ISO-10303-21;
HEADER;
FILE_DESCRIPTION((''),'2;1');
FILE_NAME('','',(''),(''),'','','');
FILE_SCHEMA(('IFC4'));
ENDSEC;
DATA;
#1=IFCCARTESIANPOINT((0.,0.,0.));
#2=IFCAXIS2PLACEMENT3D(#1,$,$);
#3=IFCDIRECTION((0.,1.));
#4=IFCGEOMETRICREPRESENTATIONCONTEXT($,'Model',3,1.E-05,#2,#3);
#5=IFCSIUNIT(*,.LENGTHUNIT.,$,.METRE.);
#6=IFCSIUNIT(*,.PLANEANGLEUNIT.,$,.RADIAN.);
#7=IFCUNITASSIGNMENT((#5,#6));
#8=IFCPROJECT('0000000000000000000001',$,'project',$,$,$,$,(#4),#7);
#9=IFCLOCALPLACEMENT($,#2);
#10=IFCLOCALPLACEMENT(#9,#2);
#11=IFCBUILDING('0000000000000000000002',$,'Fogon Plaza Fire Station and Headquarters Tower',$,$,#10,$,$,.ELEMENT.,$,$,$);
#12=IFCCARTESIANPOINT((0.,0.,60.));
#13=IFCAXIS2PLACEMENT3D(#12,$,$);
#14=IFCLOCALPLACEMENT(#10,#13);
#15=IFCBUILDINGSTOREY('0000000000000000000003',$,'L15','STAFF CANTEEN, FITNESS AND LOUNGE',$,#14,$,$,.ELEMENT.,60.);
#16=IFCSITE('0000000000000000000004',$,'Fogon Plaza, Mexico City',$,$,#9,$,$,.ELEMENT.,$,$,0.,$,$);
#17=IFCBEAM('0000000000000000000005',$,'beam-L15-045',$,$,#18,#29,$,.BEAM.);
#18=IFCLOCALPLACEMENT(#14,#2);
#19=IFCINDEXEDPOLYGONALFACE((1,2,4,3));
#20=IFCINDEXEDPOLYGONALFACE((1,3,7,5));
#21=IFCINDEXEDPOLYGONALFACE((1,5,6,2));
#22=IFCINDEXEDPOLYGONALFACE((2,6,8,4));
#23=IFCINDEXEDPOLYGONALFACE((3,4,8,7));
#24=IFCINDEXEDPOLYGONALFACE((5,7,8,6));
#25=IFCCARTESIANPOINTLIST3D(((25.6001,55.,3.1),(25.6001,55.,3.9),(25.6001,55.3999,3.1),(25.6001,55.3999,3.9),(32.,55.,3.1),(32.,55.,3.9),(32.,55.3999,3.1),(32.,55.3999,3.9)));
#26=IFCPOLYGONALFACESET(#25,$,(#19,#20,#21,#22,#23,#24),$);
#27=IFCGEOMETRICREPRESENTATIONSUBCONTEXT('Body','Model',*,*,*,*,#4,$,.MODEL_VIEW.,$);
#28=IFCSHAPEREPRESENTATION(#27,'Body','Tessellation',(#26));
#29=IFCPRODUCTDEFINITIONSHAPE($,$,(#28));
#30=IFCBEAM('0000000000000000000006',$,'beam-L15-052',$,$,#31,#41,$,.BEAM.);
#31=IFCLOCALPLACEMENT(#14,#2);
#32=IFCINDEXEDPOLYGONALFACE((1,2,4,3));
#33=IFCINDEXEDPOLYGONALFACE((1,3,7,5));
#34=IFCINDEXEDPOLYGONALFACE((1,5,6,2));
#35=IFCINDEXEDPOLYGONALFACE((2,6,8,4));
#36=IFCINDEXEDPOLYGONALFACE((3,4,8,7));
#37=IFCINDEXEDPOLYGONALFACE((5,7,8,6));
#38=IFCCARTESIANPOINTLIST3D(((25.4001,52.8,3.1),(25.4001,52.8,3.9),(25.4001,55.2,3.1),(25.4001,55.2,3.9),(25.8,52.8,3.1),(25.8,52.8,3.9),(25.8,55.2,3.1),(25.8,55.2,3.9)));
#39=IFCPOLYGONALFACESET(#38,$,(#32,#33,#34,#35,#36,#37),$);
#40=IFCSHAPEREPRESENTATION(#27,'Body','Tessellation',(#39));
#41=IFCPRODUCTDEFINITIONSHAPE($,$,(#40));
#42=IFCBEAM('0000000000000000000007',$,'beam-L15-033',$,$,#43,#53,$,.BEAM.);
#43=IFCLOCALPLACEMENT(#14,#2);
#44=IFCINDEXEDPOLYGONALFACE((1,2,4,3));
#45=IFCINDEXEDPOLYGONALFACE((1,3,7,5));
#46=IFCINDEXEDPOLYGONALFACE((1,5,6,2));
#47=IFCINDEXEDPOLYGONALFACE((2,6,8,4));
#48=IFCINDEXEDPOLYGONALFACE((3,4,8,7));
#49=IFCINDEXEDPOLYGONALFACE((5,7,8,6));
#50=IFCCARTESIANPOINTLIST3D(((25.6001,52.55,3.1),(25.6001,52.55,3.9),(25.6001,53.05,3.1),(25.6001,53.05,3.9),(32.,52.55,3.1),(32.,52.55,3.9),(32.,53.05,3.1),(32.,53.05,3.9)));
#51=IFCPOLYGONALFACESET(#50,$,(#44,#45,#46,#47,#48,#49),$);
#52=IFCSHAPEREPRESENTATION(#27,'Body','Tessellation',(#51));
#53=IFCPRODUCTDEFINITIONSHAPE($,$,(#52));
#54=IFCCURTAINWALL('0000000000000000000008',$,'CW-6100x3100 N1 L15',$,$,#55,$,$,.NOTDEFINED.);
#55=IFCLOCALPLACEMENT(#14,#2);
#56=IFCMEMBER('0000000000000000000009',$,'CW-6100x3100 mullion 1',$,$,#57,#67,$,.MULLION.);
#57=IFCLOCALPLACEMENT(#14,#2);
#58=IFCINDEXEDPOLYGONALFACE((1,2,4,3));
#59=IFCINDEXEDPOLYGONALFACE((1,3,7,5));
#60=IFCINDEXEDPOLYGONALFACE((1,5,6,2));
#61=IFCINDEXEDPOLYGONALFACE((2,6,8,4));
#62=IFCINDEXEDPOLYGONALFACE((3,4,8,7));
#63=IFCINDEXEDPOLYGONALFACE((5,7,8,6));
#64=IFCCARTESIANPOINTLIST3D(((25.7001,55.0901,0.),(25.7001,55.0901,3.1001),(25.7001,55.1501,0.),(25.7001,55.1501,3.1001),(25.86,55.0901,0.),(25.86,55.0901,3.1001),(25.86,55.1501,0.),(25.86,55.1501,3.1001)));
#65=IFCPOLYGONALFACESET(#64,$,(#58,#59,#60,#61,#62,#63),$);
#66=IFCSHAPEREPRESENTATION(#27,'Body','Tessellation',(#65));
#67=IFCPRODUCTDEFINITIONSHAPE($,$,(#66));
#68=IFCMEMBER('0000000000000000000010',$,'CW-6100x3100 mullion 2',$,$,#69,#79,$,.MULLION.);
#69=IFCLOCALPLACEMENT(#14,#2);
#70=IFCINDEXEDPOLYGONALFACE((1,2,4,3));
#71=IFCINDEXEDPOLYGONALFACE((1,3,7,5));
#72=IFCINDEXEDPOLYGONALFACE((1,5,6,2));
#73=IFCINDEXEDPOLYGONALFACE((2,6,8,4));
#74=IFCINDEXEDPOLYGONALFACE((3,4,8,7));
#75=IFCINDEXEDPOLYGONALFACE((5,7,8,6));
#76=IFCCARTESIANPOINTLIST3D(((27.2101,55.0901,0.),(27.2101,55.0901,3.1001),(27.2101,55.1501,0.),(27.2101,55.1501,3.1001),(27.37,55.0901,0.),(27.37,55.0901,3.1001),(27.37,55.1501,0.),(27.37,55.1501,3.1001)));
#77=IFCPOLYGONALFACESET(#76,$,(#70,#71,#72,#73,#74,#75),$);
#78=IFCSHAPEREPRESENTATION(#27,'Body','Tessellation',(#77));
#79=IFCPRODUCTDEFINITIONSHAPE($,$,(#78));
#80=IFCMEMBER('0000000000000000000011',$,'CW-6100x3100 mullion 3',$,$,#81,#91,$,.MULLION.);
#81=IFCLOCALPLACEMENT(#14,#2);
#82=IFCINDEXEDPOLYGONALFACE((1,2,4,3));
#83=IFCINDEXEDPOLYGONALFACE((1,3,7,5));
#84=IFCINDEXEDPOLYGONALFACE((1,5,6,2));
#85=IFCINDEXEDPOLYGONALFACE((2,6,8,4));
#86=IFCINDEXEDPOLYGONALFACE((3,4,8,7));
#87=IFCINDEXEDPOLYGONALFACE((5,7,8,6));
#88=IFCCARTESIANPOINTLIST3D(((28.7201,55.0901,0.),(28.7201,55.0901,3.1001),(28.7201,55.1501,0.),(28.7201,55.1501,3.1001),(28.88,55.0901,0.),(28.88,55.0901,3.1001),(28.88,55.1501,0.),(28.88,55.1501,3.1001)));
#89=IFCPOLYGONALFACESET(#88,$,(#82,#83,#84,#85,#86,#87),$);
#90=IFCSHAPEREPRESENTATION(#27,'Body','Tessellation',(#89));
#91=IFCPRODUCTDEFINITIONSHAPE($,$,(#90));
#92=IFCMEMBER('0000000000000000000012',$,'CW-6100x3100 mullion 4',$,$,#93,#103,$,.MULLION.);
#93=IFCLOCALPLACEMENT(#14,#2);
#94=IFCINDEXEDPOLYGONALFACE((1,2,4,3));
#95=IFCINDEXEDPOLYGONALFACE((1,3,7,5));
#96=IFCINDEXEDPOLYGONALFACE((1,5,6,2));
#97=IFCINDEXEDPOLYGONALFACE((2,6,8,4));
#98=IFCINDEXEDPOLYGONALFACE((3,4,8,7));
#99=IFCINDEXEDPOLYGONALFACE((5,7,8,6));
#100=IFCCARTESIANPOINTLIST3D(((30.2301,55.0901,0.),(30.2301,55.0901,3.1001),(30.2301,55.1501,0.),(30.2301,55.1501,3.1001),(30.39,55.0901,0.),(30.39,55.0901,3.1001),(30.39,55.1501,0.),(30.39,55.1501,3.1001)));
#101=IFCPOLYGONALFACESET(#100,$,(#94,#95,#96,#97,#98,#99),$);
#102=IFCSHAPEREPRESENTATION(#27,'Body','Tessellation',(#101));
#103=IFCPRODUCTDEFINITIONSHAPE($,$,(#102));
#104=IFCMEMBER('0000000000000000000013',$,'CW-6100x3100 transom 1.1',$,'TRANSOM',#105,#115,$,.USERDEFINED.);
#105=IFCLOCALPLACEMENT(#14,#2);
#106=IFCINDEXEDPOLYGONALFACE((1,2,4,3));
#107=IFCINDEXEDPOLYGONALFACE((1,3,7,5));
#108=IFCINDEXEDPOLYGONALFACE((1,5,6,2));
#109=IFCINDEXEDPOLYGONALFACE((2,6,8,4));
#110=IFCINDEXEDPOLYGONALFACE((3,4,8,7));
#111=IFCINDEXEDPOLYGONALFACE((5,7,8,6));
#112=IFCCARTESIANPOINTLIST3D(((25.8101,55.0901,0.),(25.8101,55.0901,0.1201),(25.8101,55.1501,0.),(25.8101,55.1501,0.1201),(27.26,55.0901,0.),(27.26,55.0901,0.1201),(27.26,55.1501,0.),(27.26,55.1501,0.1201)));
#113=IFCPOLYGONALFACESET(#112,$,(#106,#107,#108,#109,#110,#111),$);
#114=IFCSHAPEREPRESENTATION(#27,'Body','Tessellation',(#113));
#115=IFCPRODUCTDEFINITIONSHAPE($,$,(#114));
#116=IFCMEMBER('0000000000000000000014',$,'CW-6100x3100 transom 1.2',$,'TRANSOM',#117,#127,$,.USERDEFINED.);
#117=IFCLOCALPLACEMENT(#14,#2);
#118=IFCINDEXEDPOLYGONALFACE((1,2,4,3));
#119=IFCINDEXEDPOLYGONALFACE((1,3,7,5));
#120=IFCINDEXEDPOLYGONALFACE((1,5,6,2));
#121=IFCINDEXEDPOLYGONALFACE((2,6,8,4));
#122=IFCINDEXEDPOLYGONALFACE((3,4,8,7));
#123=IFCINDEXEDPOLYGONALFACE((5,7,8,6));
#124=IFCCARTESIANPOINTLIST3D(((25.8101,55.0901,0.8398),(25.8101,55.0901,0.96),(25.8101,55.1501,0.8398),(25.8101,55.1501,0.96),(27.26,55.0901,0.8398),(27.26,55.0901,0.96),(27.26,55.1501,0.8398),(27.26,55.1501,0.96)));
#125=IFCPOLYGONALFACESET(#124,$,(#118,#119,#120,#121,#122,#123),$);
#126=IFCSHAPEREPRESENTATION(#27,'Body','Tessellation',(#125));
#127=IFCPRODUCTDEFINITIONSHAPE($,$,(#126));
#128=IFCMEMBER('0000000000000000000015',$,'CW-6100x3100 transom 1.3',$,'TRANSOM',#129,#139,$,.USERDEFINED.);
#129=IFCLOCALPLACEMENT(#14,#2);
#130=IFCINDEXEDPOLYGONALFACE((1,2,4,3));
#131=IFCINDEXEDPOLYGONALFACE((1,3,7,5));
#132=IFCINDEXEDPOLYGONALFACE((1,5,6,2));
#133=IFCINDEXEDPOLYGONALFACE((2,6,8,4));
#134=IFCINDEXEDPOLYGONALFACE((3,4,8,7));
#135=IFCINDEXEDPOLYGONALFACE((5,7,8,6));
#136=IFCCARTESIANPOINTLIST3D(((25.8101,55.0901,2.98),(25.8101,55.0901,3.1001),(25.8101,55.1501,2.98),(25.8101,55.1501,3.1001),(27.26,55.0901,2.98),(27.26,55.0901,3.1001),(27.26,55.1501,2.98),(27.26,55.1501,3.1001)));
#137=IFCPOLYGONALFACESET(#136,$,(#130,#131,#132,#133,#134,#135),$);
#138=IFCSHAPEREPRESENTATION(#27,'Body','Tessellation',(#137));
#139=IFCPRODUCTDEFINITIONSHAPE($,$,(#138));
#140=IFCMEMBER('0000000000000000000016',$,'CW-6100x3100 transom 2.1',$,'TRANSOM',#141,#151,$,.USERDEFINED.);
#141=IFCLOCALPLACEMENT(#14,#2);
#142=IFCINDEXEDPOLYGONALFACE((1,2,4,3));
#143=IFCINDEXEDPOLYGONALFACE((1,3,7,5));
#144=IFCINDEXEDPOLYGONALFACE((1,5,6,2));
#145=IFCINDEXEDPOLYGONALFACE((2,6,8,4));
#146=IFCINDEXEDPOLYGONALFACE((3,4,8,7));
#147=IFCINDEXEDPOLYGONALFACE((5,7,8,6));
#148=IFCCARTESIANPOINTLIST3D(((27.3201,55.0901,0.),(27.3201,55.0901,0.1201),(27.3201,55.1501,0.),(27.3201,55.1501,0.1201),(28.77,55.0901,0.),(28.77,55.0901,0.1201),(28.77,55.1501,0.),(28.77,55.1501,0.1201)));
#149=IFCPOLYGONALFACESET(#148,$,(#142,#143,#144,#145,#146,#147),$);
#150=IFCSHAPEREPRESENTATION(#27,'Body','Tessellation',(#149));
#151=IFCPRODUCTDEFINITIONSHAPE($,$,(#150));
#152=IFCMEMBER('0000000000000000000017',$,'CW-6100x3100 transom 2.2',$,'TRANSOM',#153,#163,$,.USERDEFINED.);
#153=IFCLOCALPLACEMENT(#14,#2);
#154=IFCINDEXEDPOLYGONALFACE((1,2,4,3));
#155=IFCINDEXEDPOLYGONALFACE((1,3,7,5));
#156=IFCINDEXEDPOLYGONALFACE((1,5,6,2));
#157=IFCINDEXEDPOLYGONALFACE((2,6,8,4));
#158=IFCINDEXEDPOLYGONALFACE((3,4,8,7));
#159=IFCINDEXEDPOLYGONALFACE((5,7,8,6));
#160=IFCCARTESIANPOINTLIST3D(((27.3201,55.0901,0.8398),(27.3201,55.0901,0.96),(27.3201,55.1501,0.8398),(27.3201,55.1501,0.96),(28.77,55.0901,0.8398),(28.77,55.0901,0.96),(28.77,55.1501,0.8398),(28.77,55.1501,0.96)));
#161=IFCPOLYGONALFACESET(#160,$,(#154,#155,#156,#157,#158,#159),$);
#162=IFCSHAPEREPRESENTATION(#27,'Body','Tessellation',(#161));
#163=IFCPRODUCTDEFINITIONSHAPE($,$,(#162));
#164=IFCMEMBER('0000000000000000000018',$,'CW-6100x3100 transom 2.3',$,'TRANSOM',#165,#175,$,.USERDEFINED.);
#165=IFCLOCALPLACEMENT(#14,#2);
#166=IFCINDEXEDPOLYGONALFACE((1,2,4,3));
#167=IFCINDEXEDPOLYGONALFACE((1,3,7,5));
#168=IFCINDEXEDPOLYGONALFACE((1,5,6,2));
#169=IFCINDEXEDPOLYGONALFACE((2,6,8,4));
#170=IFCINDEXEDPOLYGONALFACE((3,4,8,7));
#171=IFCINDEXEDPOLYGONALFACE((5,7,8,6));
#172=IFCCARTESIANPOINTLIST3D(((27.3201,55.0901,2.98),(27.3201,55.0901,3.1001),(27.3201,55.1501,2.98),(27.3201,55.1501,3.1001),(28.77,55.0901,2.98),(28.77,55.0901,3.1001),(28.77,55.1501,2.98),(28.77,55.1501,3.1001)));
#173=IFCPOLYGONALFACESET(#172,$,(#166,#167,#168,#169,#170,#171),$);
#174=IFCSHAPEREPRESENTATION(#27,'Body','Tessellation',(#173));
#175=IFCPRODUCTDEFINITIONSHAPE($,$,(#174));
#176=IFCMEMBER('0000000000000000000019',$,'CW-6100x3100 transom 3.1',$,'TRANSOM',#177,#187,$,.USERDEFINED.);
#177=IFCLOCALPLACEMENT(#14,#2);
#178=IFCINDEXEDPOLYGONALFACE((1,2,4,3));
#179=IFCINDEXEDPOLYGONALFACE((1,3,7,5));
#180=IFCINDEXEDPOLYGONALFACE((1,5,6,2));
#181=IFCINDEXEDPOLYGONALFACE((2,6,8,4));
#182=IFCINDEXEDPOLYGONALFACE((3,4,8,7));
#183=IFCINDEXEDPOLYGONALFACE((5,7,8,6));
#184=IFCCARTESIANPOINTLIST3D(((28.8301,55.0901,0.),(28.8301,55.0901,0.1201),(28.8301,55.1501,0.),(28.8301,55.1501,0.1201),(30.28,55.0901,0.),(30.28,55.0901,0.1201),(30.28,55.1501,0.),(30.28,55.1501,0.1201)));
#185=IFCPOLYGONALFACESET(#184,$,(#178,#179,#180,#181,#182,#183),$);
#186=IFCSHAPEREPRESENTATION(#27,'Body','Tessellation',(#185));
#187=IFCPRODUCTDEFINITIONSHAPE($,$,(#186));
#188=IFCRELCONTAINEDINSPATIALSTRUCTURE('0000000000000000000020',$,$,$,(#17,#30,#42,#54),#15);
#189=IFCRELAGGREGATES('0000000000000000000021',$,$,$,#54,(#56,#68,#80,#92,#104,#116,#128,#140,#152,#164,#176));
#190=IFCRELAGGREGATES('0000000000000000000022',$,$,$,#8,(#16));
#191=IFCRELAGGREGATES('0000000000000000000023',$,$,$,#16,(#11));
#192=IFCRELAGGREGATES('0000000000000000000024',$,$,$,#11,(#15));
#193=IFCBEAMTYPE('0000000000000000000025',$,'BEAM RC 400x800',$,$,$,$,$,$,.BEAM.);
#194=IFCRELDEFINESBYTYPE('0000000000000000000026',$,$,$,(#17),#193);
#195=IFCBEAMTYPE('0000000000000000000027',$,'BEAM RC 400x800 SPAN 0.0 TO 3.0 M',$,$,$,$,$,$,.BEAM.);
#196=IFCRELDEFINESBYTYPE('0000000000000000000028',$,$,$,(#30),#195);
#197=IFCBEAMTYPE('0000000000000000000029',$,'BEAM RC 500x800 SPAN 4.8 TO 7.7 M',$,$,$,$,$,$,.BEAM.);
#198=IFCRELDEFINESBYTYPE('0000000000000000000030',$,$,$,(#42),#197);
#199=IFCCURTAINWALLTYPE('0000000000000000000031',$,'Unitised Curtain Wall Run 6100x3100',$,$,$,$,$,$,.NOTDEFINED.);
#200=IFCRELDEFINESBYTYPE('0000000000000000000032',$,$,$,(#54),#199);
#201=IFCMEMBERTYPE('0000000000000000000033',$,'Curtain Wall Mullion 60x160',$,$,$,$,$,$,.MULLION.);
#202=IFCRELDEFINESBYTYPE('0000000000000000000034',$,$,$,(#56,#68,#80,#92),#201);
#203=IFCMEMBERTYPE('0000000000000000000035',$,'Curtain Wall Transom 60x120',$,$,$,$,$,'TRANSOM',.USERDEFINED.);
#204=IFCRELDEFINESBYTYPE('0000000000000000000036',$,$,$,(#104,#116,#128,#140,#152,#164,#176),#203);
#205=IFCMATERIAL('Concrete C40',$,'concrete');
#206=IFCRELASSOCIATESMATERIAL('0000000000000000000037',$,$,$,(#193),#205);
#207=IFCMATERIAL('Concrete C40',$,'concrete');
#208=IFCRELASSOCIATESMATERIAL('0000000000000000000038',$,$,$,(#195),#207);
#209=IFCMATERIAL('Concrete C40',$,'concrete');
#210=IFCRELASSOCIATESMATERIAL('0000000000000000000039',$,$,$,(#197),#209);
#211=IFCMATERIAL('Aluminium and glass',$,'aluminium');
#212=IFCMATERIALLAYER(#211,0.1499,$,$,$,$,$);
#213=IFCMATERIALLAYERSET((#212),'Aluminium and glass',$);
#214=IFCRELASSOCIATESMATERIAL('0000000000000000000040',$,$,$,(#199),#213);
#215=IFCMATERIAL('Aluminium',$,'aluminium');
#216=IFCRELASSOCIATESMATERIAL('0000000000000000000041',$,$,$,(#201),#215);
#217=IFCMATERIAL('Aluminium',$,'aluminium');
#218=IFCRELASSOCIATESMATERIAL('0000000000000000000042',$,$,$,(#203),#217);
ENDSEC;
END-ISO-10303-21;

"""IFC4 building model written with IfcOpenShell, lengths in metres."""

from ifc_helpers import new_model, si_unit, direction, frame, origin, origin_2d, place, context, subcontext, project, spatial, rectangle, extrude, material, layer, layer_set, material_profile, profile_set, type_object, element, aggregate, save


model = new_model("IFC4")

# Units and contexts
model_context = context("Model", 3, precision=1e-05, world=origin(), true_north=direction((0.0, 1.0)))
body_context = subcontext(model_context, "Body", "Model", "MODEL_VIEW")
ifc_project = project(units=[si_unit("LENGTHUNIT", "METRE"), si_unit("PLANEANGLEUNIT", "RADIAN")], contexts=[model_context])

# Site, building, storey
site_placement = place(None, origin())
site = spatial("IfcSite", under=ifc_project, at=site_placement, Name="Fogon Plaza, Mexico City", CompositionType="ELEMENT", RefElevation=0.0)
building_placement = place(site_placement, origin())
building = spatial("IfcBuilding", under=site, at=building_placement, Name="Fogon Plaza Fire Station and Headquarters Tower", CompositionType="ELEMENT")
storey_placement = place(building_placement, frame((0.0, 0.0, 60.0)))
storey = spatial("IfcBuildingStorey", under=building, at=storey_placement, Name="L15", Description="STAFF CANTEEN, FITNESS AND LOUNGE", CompositionType="ELEMENT", Elevation=60.0)

# Beams
ifc_material_1 = material(Name="Concrete C40", Category="concrete")
ifc_material_profile_1 = material_profile(ifc_material_1, rectangle(XDim=0.3999, YDim=0.8, at=origin_2d()), Name="RC 400x800")
ifc_profile_set_1 = profile_set([ifc_material_profile_1], Name="Concrete C40")
beam_type_1 = type_object("IfcBeamType", Name="BEAM RC 400x800", PredefinedType="BEAM", material=ifc_profile_set_1)
beam_1_placement = place(storey_placement, frame((25.6001, 55.2, 3.5), z_axis=(1.0, 0.0, 0.0), x_axis=(0.0, 1.0, 0.0)))
element("IfcBeam", 1, at=beam_1_placement, inside=storey, type_object=beam_type_1, Name="beam-L15-045", PredefinedType="BEAM", context=body_context, shape_type="SweptSolid", body=[
    extrude(rectangle(XDim=0.3999, YDim=0.8, at=origin_2d()), origin(), (0.0, 0.0, 1.0), 6.3999),
])
ifc_material_2 = material(Name="Concrete C40", Category="concrete")
ifc_material_profile_2 = material_profile(ifc_material_2, rectangle(XDim=0.3999, YDim=0.8, at=origin_2d()), Name="RC 400x800")
ifc_profile_set_2 = profile_set([ifc_material_profile_2], Name="Concrete C40")
beam_type_2 = type_object("IfcBeamType", Name="BEAM RC 400x800 SPAN 0.0 TO 3.0 M", PredefinedType="BEAM", material=ifc_profile_set_2)
beam_2_placement = place(storey_placement, frame((25.6001, 52.8, 3.5), z_axis=(0.0, 1.0, 0.0), x_axis=(-1.0, 0.0, 0.0)))
element("IfcBeam", 2, at=beam_2_placement, inside=storey, type_object=beam_type_2, Name="beam-L15-052", PredefinedType="BEAM", context=body_context, shape_type="SweptSolid", body=[
    extrude(rectangle(XDim=0.3999, YDim=0.8, at=origin_2d()), origin(), (0.0, 0.0, 1.0), 2.3999),
])
ifc_material_3 = material(Name="Concrete C40", Category="concrete")
ifc_material_profile_3 = material_profile(ifc_material_3, rectangle(XDim=0.5, YDim=0.8, at=origin_2d()), Name="RC 500x800")
ifc_profile_set_3 = profile_set([ifc_material_profile_3], Name="Concrete C40")
beam_type_3 = type_object("IfcBeamType", Name="BEAM RC 500x800 SPAN 4.8 TO 7.7 M", PredefinedType="BEAM", material=ifc_profile_set_3)
beam_3_placement = place(storey_placement, frame((25.6001, 52.8, 3.5), z_axis=(1.0, 0.0, 0.0), x_axis=(0.0, 1.0, 0.0)))
element("IfcBeam", 3, at=beam_3_placement, inside=storey, type_object=beam_type_3, Name="beam-L15-033", PredefinedType="BEAM", context=body_context, shape_type="SweptSolid", body=[
    extrude(rectangle(XDim=0.5, YDim=0.8, at=origin_2d()), origin(), (0.0, 0.0, 1.0), 6.3999),
])

# Curtain wall, members
ifc_material_4 = material(Name="Aluminium and glass", Category="aluminium")
ifc_layer_1 = layer(ifc_material_4, 0.1499)
ifc_layer_set_1 = layer_set([ifc_layer_1], Name="Aluminium and glass")
curtain_wall_type = type_object("IfcCurtainWallType", Name="Unitised Curtain Wall Run 6100x3100", PredefinedType="NOTDEFINED", material=ifc_layer_set_1)
curtain_wall_placement = place(storey_placement, origin())
curtain_wall = element("IfcCurtainWall", 4, at=curtain_wall_placement, inside=storey, type_object=curtain_wall_type, Name="CW-6100x3100 N1 L15", PredefinedType="NOTDEFINED")
ifc_material_5 = material(Name="Aluminium", Category="aluminium")
ifc_material_profile_4 = material_profile(ifc_material_5, rectangle(XDim=0.0601, YDim=0.1599, at=origin_2d()), Name="Curtain Wall Mullion 60x160")
ifc_profile_set_4 = profile_set([ifc_material_profile_4], Name="Aluminium")
member_type_1 = type_object("IfcMemberType", Name="Curtain Wall Mullion 60x160", PredefinedType="MULLION", material=ifc_profile_set_4)
member_1_placement = place(storey_placement, frame((25.78, 55.1201, 0.0), z_axis=(0.0, 0.0, 1.0), x_axis=(0.0, 1.0, 0.0)))
member_1 = element("IfcMember", 5, at=member_1_placement, type_object=member_type_1, Name="CW-6100x3100 mullion 1", PredefinedType="MULLION", context=body_context, shape_type="SweptSolid", body=[
    extrude(rectangle(XDim=0.0601, YDim=0.1599, at=origin_2d()), origin(), (0.0, 0.0, 1.0), 3.1001),
])
member_2_placement = place(storey_placement, frame((27.29, 55.1201, 0.0), z_axis=(0.0, 0.0, 1.0), x_axis=(0.0, 1.0, 0.0)))
member_2 = element("IfcMember", 6, at=member_2_placement, type_object=member_type_1, Name="CW-6100x3100 mullion 2", PredefinedType="MULLION", context=body_context, shape_type="SweptSolid", body=[
    extrude(rectangle(XDim=0.0601, YDim=0.1599, at=origin_2d()), origin(), (0.0, 0.0, 1.0), 3.1001),
])
member_3_placement = place(storey_placement, frame((28.8, 55.1201, 0.0), z_axis=(0.0, 0.0, 1.0), x_axis=(0.0, 1.0, 0.0)))
member_3 = element("IfcMember", 7, at=member_3_placement, type_object=member_type_1, Name="CW-6100x3100 mullion 3", PredefinedType="MULLION", context=body_context, shape_type="SweptSolid", body=[
    extrude(rectangle(XDim=0.0601, YDim=0.1599, at=origin_2d()), origin(), (0.0, 0.0, 1.0), 3.1001),
])
member_4_placement = place(storey_placement, frame((30.3101, 55.1201, 0.0), z_axis=(0.0, 0.0, 1.0), x_axis=(0.0, 1.0, 0.0)))
member_4 = element("IfcMember", 8, at=member_4_placement, type_object=member_type_1, Name="CW-6100x3100 mullion 4", PredefinedType="MULLION", context=body_context, shape_type="SweptSolid", body=[
    extrude(rectangle(XDim=0.0601, YDim=0.1599, at=origin_2d()), origin(), (0.0, 0.0, 1.0), 3.1001),
])
ifc_material_6 = material(Name="Aluminium", Category="aluminium")
ifc_material_profile_5 = material_profile(ifc_material_6, rectangle(XDim=0.0601, YDim=0.1201, at=origin_2d()), Name="Curtain Wall Transom 60x120")
ifc_profile_set_5 = profile_set([ifc_material_profile_5], Name="Aluminium")
member_type_2 = type_object("IfcMemberType", Name="Curtain Wall Transom 60x120", ElementType="TRANSOM", PredefinedType="USERDEFINED", material=ifc_profile_set_5)
member_5_placement = place(storey_placement, frame((25.8101, 55.1201, 0.0601), z_axis=(1.0, 0.0, 0.0), x_axis=(0.0, 1.0, 0.0)))
member_5 = element("IfcMember", 9, at=member_5_placement, type_object=member_type_2, Name="CW-6100x3100 transom 1.1", ObjectType="TRANSOM", PredefinedType="USERDEFINED", context=body_context, shape_type="SweptSolid", body=[
    extrude(rectangle(XDim=0.0601, YDim=0.1201, at=origin_2d()), origin(), (0.0, 0.0, 1.0), 1.45),
])
member_6_placement = place(storey_placement, frame((25.8101, 55.1201, 0.8999), z_axis=(1.0, 0.0, 0.0), x_axis=(0.0, 1.0, 0.0)))
member_6 = element("IfcMember", 10, at=member_6_placement, type_object=member_type_2, Name="CW-6100x3100 transom 1.2", ObjectType="TRANSOM", PredefinedType="USERDEFINED", context=body_context, shape_type="SweptSolid", body=[
    extrude(rectangle(XDim=0.0601, YDim=0.1201, at=origin_2d()), origin(), (0.0, 0.0, 1.0), 1.45),
])
member_7_placement = place(storey_placement, frame((25.8101, 55.1201, 3.04), z_axis=(1.0, 0.0, 0.0), x_axis=(0.0, 1.0, 0.0)))
member_7 = element("IfcMember", 11, at=member_7_placement, type_object=member_type_2, Name="CW-6100x3100 transom 1.3", ObjectType="TRANSOM", PredefinedType="USERDEFINED", context=body_context, shape_type="SweptSolid", body=[
    extrude(rectangle(XDim=0.0601, YDim=0.1201, at=origin_2d()), origin(), (0.0, 0.0, 1.0), 1.45),
])
member_8_placement = place(storey_placement, frame((27.3201, 55.1201, 0.0601), z_axis=(1.0, 0.0, 0.0), x_axis=(0.0, 1.0, 0.0)))
member_8 = element("IfcMember", 12, at=member_8_placement, type_object=member_type_2, Name="CW-6100x3100 transom 2.1", ObjectType="TRANSOM", PredefinedType="USERDEFINED", context=body_context, shape_type="SweptSolid", body=[
    extrude(rectangle(XDim=0.0601, YDim=0.1201, at=origin_2d()), origin(), (0.0, 0.0, 1.0), 1.45),
])
member_9_placement = place(storey_placement, frame((27.3201, 55.1201, 0.8999), z_axis=(1.0, 0.0, 0.0), x_axis=(0.0, 1.0, 0.0)))
member_9 = element("IfcMember", 13, at=member_9_placement, type_object=member_type_2, Name="CW-6100x3100 transom 2.2", ObjectType="TRANSOM", PredefinedType="USERDEFINED", context=body_context, shape_type="SweptSolid", body=[
    extrude(rectangle(XDim=0.0601, YDim=0.1201, at=origin_2d()), origin(), (0.0, 0.0, 1.0), 1.45),
])
member_10_placement = place(storey_placement, frame((27.3201, 55.1201, 3.04), z_axis=(1.0, 0.0, 0.0), x_axis=(0.0, 1.0, 0.0)))
member_10 = element("IfcMember", 14, at=member_10_placement, type_object=member_type_2, Name="CW-6100x3100 transom 2.3", ObjectType="TRANSOM", PredefinedType="USERDEFINED", context=body_context, shape_type="SweptSolid", body=[
    extrude(rectangle(XDim=0.0601, YDim=0.1201, at=origin_2d()), origin(), (0.0, 0.0, 1.0), 1.45),
])
member_11_placement = place(storey_placement, frame((28.8301, 55.1201, 0.0601), z_axis=(1.0, 0.0, 0.0), x_axis=(0.0, 1.0, 0.0)))
member_11 = element("IfcMember", 15, at=member_11_placement, type_object=member_type_2, Name="CW-6100x3100 transom 3.1", ObjectType="TRANSOM", PredefinedType="USERDEFINED", context=body_context, shape_type="SweptSolid", body=[
    extrude(rectangle(XDim=0.0601, YDim=0.1201, at=origin_2d()), origin(), (0.0, 0.0, 1.0), 1.45),
])

aggregate(curtain_wall, [member_1, member_2, member_3, member_4, member_5, member_6, member_7, member_8, member_9, member_10, member_11])

save(model, "model.ifc")
